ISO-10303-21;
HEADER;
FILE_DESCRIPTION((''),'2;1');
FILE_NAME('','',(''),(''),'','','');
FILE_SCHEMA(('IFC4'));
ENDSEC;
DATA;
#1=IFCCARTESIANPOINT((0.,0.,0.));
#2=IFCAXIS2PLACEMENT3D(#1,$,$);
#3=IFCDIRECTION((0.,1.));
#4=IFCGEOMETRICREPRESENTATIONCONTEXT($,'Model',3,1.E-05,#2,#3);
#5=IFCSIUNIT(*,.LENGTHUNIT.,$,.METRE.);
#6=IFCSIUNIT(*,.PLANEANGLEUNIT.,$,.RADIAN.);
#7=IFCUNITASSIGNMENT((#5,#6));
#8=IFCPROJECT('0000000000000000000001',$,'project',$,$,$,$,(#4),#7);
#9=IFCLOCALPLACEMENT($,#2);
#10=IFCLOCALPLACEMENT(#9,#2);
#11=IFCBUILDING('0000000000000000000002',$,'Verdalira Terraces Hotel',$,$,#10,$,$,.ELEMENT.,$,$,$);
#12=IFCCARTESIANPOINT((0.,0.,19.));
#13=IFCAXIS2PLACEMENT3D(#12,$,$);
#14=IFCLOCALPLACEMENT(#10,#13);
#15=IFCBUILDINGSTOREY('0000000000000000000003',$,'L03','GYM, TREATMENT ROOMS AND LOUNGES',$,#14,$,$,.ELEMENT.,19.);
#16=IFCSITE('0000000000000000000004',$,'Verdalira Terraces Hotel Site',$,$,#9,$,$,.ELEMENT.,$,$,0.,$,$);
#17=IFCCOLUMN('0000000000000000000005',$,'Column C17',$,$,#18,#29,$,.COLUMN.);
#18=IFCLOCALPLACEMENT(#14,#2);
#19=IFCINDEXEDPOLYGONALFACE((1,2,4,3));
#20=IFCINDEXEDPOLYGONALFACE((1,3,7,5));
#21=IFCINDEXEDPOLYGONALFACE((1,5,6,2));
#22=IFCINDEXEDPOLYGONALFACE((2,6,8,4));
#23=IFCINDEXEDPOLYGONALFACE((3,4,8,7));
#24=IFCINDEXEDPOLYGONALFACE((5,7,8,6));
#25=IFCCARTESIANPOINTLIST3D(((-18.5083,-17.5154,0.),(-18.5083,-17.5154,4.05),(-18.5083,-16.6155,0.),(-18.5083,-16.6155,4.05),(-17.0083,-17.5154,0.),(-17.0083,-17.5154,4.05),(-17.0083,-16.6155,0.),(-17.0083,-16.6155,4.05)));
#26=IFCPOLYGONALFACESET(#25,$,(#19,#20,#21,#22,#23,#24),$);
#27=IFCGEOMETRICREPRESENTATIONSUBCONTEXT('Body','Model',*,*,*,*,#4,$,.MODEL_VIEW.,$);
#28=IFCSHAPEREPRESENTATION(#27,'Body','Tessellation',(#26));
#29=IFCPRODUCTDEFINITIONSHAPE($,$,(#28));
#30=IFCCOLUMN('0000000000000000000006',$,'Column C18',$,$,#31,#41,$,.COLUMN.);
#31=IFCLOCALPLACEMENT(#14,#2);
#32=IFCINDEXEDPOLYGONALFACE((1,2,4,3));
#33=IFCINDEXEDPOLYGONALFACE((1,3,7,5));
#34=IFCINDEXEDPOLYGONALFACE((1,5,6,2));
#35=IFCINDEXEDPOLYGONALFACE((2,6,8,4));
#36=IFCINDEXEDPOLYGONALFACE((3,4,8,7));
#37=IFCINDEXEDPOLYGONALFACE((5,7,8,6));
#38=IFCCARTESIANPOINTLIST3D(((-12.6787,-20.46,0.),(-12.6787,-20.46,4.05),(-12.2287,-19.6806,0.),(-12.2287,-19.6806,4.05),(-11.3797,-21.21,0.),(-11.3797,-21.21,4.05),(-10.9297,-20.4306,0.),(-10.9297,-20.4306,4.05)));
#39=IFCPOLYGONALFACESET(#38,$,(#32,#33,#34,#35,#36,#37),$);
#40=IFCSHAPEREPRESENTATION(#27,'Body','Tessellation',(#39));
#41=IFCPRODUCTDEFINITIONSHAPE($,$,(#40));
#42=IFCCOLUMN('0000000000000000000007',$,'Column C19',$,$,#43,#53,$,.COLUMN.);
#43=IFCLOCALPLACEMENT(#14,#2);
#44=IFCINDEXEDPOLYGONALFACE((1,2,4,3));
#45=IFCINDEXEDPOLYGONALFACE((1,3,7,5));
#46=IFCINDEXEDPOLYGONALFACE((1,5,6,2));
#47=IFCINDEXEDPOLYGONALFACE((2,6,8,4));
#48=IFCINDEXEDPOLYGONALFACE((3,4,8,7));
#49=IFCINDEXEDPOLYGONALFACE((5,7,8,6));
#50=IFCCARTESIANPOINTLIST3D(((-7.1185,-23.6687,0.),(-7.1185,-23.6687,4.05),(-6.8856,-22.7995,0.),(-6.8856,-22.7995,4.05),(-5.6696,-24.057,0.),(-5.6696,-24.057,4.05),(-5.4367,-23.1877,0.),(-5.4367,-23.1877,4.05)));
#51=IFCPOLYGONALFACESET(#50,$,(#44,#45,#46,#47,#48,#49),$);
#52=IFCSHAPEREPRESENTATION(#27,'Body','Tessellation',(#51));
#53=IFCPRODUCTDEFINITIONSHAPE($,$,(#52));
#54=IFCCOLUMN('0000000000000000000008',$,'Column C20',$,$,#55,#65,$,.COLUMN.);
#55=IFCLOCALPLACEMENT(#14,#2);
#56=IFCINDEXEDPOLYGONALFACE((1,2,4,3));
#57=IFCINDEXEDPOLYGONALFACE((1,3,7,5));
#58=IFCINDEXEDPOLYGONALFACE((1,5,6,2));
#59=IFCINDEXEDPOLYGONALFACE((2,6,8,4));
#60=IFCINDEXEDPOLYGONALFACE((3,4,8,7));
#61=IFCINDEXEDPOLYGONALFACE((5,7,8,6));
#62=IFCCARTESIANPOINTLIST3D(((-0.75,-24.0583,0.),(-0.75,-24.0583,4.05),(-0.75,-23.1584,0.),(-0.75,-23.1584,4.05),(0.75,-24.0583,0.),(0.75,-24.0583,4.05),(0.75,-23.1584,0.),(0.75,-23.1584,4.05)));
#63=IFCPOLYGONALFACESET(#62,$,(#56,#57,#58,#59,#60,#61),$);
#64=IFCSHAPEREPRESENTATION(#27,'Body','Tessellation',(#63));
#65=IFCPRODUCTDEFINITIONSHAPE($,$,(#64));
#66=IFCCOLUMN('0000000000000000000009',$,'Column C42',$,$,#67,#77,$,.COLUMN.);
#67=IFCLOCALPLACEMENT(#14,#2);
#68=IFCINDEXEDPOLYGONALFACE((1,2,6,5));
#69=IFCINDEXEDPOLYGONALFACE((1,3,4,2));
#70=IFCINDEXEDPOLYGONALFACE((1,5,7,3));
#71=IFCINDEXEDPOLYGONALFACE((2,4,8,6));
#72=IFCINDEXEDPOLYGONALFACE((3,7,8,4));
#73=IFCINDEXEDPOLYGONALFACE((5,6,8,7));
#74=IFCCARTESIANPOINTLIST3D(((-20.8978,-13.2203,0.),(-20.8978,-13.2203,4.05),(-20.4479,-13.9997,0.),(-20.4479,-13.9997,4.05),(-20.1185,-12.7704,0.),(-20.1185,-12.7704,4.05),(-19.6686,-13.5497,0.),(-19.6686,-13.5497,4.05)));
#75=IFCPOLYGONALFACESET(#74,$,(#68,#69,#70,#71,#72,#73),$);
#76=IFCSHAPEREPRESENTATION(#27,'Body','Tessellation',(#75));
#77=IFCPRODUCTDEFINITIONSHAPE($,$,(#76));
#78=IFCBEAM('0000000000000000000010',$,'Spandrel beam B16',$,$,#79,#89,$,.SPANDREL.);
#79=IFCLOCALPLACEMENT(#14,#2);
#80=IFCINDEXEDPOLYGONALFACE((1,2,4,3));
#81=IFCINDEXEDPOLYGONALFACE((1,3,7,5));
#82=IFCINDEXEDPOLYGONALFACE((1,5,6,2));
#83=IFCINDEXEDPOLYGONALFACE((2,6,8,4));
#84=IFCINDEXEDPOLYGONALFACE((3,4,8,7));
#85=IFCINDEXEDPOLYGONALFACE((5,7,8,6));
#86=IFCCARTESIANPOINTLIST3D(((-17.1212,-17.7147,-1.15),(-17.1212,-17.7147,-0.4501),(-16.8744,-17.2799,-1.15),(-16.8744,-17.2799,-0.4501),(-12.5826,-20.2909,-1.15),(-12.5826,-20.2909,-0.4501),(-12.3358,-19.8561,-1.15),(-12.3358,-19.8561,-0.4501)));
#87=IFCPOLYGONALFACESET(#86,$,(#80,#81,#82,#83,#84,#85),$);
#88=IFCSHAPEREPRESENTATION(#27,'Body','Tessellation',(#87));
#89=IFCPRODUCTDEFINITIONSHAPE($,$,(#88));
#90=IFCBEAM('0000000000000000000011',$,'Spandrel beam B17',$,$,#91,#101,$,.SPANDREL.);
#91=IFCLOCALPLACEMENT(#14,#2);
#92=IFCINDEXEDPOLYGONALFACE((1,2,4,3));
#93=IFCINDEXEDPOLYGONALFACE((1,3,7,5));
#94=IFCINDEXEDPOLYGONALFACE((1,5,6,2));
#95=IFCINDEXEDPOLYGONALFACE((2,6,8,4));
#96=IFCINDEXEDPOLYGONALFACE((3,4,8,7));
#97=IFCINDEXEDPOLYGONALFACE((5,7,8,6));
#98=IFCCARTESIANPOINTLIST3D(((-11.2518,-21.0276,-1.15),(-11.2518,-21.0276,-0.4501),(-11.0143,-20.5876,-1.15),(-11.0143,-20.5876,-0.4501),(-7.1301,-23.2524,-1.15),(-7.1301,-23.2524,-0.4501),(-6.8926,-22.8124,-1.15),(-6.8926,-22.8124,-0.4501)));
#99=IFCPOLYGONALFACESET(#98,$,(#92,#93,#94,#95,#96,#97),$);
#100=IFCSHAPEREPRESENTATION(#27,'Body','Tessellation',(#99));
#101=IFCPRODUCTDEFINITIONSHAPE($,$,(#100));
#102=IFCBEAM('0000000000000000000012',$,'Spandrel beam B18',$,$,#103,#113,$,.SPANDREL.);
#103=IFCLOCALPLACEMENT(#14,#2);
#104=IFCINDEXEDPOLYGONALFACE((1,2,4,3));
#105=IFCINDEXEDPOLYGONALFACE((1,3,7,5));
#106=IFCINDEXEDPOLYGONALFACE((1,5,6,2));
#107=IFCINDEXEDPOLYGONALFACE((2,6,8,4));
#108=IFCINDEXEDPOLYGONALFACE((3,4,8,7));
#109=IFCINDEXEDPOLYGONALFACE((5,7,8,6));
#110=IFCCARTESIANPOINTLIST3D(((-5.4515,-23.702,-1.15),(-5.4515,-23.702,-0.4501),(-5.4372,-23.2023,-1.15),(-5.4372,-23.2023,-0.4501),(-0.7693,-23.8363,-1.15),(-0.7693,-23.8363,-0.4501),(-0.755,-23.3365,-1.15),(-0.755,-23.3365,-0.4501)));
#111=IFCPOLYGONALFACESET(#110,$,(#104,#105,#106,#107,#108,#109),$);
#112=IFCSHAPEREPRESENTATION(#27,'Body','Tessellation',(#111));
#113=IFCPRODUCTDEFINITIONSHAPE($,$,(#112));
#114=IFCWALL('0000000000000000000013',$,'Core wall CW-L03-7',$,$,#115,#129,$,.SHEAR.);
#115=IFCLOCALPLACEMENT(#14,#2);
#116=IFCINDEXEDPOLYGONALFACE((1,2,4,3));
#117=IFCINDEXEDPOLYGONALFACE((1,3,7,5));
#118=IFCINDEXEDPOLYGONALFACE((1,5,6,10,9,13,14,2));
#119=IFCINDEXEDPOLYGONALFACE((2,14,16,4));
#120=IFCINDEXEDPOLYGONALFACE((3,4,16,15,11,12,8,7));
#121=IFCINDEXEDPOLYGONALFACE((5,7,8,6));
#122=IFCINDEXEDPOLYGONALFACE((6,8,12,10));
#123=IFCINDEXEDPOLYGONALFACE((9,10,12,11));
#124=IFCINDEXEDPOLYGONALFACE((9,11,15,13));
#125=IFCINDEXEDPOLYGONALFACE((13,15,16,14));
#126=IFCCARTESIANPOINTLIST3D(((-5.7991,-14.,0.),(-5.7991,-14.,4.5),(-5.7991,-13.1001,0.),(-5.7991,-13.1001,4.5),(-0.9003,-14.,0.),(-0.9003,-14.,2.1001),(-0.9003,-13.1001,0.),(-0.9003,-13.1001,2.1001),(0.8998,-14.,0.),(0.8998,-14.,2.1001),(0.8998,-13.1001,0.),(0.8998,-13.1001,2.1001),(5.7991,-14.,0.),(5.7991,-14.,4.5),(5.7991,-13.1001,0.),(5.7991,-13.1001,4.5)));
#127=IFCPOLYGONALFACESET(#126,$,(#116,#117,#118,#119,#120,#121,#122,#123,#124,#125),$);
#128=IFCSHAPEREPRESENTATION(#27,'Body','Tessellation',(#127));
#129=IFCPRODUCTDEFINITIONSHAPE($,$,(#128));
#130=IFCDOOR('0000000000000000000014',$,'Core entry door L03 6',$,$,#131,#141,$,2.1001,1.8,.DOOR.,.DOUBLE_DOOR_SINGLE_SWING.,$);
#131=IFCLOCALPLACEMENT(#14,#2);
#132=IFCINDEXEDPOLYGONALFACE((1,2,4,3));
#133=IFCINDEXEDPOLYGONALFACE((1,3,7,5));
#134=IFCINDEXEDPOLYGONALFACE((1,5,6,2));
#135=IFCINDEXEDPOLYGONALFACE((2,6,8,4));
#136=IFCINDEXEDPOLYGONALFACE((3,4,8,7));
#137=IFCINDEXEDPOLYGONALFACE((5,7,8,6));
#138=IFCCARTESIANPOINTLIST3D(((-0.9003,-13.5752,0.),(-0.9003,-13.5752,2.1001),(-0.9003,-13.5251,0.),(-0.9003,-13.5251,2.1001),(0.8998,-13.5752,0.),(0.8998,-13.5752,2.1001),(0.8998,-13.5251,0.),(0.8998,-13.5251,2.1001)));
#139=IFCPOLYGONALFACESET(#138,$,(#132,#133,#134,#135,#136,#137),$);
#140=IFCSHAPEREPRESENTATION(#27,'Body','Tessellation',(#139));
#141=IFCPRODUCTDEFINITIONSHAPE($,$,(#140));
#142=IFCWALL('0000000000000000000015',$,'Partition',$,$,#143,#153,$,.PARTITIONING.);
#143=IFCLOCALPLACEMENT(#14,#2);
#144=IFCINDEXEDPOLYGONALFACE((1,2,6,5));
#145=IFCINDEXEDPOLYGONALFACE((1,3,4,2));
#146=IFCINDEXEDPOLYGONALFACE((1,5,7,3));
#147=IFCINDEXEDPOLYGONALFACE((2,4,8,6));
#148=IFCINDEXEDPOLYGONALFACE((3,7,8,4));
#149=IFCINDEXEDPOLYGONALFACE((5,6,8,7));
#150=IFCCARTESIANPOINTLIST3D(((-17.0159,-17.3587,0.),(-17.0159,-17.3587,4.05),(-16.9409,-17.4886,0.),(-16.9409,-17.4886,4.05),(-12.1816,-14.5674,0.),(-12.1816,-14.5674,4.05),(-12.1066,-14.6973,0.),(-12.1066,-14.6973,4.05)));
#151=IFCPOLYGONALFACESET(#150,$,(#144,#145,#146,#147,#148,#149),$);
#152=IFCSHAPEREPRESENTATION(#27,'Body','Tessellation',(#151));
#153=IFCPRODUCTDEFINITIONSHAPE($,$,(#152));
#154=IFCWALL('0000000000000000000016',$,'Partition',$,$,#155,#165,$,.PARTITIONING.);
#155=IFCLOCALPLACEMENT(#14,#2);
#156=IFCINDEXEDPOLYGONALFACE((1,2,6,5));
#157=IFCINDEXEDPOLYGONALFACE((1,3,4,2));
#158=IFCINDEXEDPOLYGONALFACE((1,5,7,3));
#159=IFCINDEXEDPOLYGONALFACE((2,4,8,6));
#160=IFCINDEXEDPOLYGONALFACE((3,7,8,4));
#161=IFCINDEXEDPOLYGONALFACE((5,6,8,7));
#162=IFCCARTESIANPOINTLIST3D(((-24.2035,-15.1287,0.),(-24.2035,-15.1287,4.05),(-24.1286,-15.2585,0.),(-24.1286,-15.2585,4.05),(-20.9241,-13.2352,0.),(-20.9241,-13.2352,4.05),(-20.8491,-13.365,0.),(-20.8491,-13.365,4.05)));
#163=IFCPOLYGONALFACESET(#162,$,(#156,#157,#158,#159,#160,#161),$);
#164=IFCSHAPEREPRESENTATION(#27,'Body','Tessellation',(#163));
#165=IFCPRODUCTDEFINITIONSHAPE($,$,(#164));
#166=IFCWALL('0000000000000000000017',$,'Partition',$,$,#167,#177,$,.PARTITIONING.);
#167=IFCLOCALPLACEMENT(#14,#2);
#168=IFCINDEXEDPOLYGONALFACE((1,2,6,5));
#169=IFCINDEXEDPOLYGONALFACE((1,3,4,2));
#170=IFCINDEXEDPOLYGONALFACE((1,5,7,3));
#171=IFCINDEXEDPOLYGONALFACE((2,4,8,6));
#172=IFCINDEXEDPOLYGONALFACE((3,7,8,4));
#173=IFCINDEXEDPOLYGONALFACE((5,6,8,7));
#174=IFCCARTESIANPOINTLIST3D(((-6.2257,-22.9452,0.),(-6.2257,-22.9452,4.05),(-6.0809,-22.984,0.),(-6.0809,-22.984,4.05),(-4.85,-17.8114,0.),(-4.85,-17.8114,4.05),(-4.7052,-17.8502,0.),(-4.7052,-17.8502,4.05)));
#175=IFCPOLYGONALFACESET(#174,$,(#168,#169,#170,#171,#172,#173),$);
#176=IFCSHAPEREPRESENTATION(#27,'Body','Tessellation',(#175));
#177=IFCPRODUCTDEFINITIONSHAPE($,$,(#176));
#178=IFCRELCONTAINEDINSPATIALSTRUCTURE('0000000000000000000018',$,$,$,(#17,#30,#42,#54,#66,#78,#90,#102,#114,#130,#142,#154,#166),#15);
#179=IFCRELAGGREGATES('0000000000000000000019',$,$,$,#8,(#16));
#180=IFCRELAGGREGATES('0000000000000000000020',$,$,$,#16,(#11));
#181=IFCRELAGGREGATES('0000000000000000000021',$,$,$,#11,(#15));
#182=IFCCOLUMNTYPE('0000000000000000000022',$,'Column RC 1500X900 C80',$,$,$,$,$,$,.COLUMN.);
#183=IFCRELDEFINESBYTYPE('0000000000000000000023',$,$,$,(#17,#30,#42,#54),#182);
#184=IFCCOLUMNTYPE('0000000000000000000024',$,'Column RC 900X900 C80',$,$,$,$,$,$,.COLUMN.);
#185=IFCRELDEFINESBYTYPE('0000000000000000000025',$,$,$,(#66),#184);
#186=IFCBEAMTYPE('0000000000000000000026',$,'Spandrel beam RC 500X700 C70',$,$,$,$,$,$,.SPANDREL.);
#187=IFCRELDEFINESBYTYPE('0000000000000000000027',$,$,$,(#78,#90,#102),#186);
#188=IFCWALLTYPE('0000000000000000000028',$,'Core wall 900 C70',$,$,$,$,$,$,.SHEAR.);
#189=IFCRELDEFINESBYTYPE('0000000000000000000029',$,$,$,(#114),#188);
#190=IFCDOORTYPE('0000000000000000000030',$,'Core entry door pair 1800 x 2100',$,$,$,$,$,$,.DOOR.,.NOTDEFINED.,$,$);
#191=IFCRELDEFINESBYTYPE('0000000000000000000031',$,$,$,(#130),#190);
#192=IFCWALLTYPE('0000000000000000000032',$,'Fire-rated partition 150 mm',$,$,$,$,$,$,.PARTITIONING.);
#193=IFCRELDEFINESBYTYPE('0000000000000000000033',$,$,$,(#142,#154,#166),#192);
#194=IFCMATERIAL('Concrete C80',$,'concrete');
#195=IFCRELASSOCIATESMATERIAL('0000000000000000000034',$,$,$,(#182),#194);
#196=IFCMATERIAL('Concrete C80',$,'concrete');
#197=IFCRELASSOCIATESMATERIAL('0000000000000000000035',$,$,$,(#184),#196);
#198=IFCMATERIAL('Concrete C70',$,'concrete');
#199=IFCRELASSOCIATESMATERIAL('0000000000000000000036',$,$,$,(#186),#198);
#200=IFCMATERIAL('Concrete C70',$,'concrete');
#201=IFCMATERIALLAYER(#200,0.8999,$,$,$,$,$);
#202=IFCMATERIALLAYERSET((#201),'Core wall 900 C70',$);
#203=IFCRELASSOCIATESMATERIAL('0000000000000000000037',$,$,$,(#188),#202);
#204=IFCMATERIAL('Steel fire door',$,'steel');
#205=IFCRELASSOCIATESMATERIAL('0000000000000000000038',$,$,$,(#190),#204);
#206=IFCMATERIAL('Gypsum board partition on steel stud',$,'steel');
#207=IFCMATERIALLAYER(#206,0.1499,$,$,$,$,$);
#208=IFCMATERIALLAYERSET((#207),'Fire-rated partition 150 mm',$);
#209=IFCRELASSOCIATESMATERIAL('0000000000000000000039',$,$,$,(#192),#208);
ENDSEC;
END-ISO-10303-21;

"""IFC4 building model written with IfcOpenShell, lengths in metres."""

from ifc_helpers import new_model, si_unit, direction, frame, frame_2d, origin, origin_2d, place, context, subcontext, project, spatial, rectangle, extrude, material, layer, layer_set, material_profile, profile_set, type_object, element, fill, save


model = new_model("IFC4")

# Units and contexts
model_context = context("Model", 3, precision=1e-05, world=origin(), true_north=direction((0.0, 1.0)))
body_context = subcontext(model_context, "Body", "Model", "MODEL_VIEW")
ifc_project = project(units=[si_unit("LENGTHUNIT", "METRE"), si_unit("PLANEANGLEUNIT", "RADIAN")], contexts=[model_context])

# Site, building, storey
site_placement = place(None, origin())
site = spatial("IfcSite", under=ifc_project, at=site_placement, Name="Verdalira Terraces Hotel Site", CompositionType="ELEMENT", RefElevation=0.0)
building_placement = place(site_placement, origin())
building = spatial("IfcBuilding", under=site, at=building_placement, Name="Verdalira Terraces Hotel", CompositionType="ELEMENT")
storey_placement = place(building_placement, frame((0.0, 0.0, 19.0)))
storey = spatial("IfcBuildingStorey", under=building, at=storey_placement, Name="L03", Description="GYM, TREATMENT ROOMS AND LOUNGES", CompositionType="ELEMENT", Elevation=19.0)

# Columns
ifc_material_1 = material(Name="Concrete C80", Category="concrete")
ifc_material_profile_1 = material_profile(ifc_material_1, rectangle(XDim=1.5, YDim=0.8999, at=origin_2d()), Name="RC 1500X900")
ifc_profile_set_1 = profile_set([ifc_material_profile_1], Name="Concrete C80")
column_type_1 = type_object("IfcColumnType", Name="Column RC 1500X900 C80", PredefinedType="COLUMN", material=ifc_profile_set_1)
for number, where, z_axis, x_axis, name in (
    (1, (-17.7583, -17.0654, 0.0), (0.0, 0.0, 1.0), (-1.0, 0.0, 0.0), "Column C17"),
    (2, (-11.8042, -20.4453, 0.0), (0.0, 0.0, 1.0), (0.866025, -0.5, 0.0), "Column C18"),
    (3, (-6.2776, -23.4282, 0.0), (0.0, 0.0, 1.0), (-0.965926, 0.258819, 0.0), "Column C19"),
    (4, (0.0, -23.6084, 0.0), (0.0, 0.0, 1.0), (1.0, 0.0, 0.0), "Column C20"),
):
    element("IfcColumn", number, at=place(storey_placement, frame(where, z_axis=z_axis, x_axis=x_axis)), inside=storey, type_object=column_type_1, Name=name, PredefinedType="COLUMN", context=body_context, shape_type="SweptSolid", body=[
        extrude(rectangle(XDim=1.5, YDim=0.8999, at=origin_2d()), origin(), (0.0, 0.0, 1.0), 4.05),
    ])
ifc_material_2 = material(Name="Concrete C80", Category="concrete")
ifc_material_profile_2 = material_profile(ifc_material_2, rectangle(XDim=0.8999, YDim=0.8999, at=origin_2d()), Name="RC 900X900")
ifc_profile_set_2 = profile_set([ifc_material_profile_2], Name="Concrete C80")
column_type_2 = type_object("IfcColumnType", Name="Column RC 900X900 C80", PredefinedType="COLUMN", material=ifc_profile_set_2)
column_placement = place(storey_placement, frame((-20.2832, -13.385, 0.0), z_axis=(0.0, 0.0, 1.0), x_axis=(-0.866025, -0.5, 0.0)))
element("IfcColumn", 5, at=column_placement, inside=storey, type_object=column_type_2, Name="Column C42", PredefinedType="COLUMN", context=body_context, shape_type="SweptSolid", body=[
    extrude(rectangle(XDim=0.8999, YDim=0.8999, at=origin_2d()), origin(), (0.0, 0.0, 1.0), 4.05),
])

# Beams
ifc_material_3 = material(Name="Concrete C70", Category="concrete")
ifc_material_profile_3 = material_profile(ifc_material_3, rectangle(XDim=0.5, YDim=0.7, at=origin_2d()), Name="RC 500X700")
ifc_profile_set_3 = profile_set([ifc_material_profile_3], Name="Concrete C70")
beam_type = type_object("IfcBeamType", Name="Spandrel beam RC 500X700 C70", PredefinedType="SPANDREL", material=ifc_profile_set_3)
beam_1_placement = place(storey_placement, frame((-16.9978, -17.4973, -0.8), z_axis=(0.869667, -0.493638, 0.0), x_axis=(0.493638, 0.869667, 0.0)))
element("IfcBeam", 6, at=beam_1_placement, inside=storey, type_object=beam_type, Name="Spandrel beam B16", PredefinedType="SPANDREL", context=body_context, shape_type="SweptSolid", body=[
    extrude(rectangle(XDim=0.5, YDim=0.7, at=origin_2d()), origin(), (0.0, 0.0, 1.0), 5.2188),
])
beam_2_placement = place(storey_placement, frame((-11.1331, -20.8076, -0.8), z_axis=(0.879989, -0.474995, 0.0), x_axis=(0.474995, 0.879989, 0.0)))
element("IfcBeam", 7, at=beam_2_placement, inside=storey, type_object=beam_type, Name="Spandrel beam B17", PredefinedType="SPANDREL", context=body_context, shape_type="SweptSolid", body=[
    extrude(rectangle(XDim=0.5, YDim=0.7, at=origin_2d()), origin(), (0.0, 0.0, 1.0), 4.6838),
])
beam_3_placement = place(storey_placement, frame((-5.4443, -23.4521, -0.8), z_axis=(0.999589, -0.028667, 0.0), x_axis=(0.028667, 0.999589, 0.0)))
element("IfcBeam", 8, at=beam_3_placement, inside=storey, type_object=beam_type, Name="Spandrel beam B18", PredefinedType="SPANDREL", context=body_context, shape_type="SweptSolid", body=[
    extrude(rectangle(XDim=0.5, YDim=0.7, at=origin_2d()), origin(), (0.0, 0.0, 1.0), 4.6841),
])

# Wall, opening, door
ifc_material_4 = material(Name="Concrete C70", Category="concrete")
ifc_layer_1 = layer(ifc_material_4, 0.8999)
ifc_layer_set_1 = layer_set([ifc_layer_1], Name="Core wall 900 C70")
wall_type_1 = type_object("IfcWallType", Name="Core wall 900 C70", PredefinedType="SHEAR", material=ifc_layer_set_1)
wall_1_placement = place(storey_placement, frame((-5.7991, -13.55, 0.0), z_axis=(0.0, 0.0, 1.0), x_axis=(1.0, 0.0, 0.0)))
wall_1 = element("IfcWall", 9, at=wall_1_placement, inside=storey, type_object=wall_type_1, Name="Core wall CW-L03-7", PredefinedType="SHEAR", context=body_context, shape_type="SweptSolid", body=[
    extrude(rectangle(XDim=11.5981, YDim=0.8999, at=frame_2d((5.7991, 0.0))), origin(), (0.0, 0.0, 1.0), 4.5),
])
opening_1_placement = place(wall_1_placement, frame((4.8989, 0.0, 0.0)))
opening_1 = element("IfcOpeningElement", 10, at=opening_1_placement, cuts=wall_1, PredefinedType="OPENING", context=body_context, shape_type="SweptSolid", body=[
    extrude(rectangle(XDim=1.8, YDim=2.1001, at=frame_2d((0.8999, 1.05))), frame((0.0, 0.46, 0.0), z_axis=(0.0, -1.0, 0.0), x_axis=(1.0, 0.0, 0.0)), (0.0, 0.0, 1.0), 0.9199),
])
ifc_material_5 = material(Name="Steel fire door", Category="steel")
door_type_1 = type_object("IfcDoorType", Name="Core entry door pair 1800 x 2100", OperationType="NOTDEFINED", PredefinedType="DOOR", material=ifc_material_5)
door_1_placement = place(opening_1_placement, origin())
door_1 = element("IfcDoor", 11, at=door_1_placement, inside=storey, type_object=door_type_1, Name="Core entry door L03 6", OperationType="DOUBLE_DOOR_SINGLE_SWING", OverallHeight=2.1001, OverallWidth=1.8, PredefinedType="DOOR", context=body_context, shape_type="SweptSolid", body=[
    extrude(rectangle(XDim=1.8, YDim=2.1001, at=frame_2d((0.8999, 1.05))), frame((0.0, 0.0249, 0.0), z_axis=(0.0, -1.0, 0.0), x_axis=(1.0, 0.0, 0.0)), (0.0, 0.0, 1.0), 0.05),
])
fill(opening_1, door_1)

# Walls
ifc_material_6 = material(Name="Gypsum board partition on steel stud", Category="steel")
ifc_layer_2 = layer(ifc_material_6, 0.1499)
ifc_layer_set_2 = layer_set([ifc_layer_2], Name="Fire-rated partition 150 mm")
wall_type_2 = type_object("IfcWallType", Name="Fire-rated partition 150 mm", PredefinedType="PARTITIONING", material=ifc_layer_set_2)
wall_2_placement = place(storey_placement, frame((-16.9783, -17.4236, 0.0), z_axis=(0.0, 0.0, 1.0), x_axis=(0.866009, 0.500029, 0.0)))
element("IfcWall", 12, at=wall_2_placement, inside=storey, type_object=wall_type_2, Name="Partition", PredefinedType="PARTITIONING", context=body_context, shape_type="SweptSolid", body=[
    extrude(rectangle(XDim=5.5823, YDim=0.1499, at=frame_2d((2.791, 0.0))), origin(), (0.0, 0.0, 1.0), 4.05),
])
wall_3_placement = place(storey_placement, frame((-20.8865, -13.3, 0.0), z_axis=(0.0, 0.0, 1.0), x_axis=(-0.866013, -0.500022, 0.0)))
element("IfcWall", 13, at=wall_3_placement, inside=storey, type_object=wall_type_2, Name="Partition", PredefinedType="PARTITIONING", context=body_context, shape_type="SweptSolid", body=[
    extrude(rectangle(XDim=3.7869, YDim=0.1499, at=frame_2d((1.8936, 0.0))), origin(), (0.0, 0.0, 1.0), 4.05),
])
wall_4_placement = place(storey_placement, frame((-6.1533, -22.9646, 0.0), z_axis=(0.0, 0.0, 1.0), x_axis=(0.258843, 0.965919, 0.0)))
element("IfcWall", 14, at=wall_4_placement, inside=storey, type_object=wall_type_2, Name="Partition", PredefinedType="PARTITIONING", context=body_context, shape_type="SweptSolid", body=[
    extrude(rectangle(XDim=5.3149, YDim=0.1499, at=frame_2d((2.6575, 0.0))), origin(), (0.0, 0.0, 1.0), 4.05),
])

save(model, "model.ifc")
